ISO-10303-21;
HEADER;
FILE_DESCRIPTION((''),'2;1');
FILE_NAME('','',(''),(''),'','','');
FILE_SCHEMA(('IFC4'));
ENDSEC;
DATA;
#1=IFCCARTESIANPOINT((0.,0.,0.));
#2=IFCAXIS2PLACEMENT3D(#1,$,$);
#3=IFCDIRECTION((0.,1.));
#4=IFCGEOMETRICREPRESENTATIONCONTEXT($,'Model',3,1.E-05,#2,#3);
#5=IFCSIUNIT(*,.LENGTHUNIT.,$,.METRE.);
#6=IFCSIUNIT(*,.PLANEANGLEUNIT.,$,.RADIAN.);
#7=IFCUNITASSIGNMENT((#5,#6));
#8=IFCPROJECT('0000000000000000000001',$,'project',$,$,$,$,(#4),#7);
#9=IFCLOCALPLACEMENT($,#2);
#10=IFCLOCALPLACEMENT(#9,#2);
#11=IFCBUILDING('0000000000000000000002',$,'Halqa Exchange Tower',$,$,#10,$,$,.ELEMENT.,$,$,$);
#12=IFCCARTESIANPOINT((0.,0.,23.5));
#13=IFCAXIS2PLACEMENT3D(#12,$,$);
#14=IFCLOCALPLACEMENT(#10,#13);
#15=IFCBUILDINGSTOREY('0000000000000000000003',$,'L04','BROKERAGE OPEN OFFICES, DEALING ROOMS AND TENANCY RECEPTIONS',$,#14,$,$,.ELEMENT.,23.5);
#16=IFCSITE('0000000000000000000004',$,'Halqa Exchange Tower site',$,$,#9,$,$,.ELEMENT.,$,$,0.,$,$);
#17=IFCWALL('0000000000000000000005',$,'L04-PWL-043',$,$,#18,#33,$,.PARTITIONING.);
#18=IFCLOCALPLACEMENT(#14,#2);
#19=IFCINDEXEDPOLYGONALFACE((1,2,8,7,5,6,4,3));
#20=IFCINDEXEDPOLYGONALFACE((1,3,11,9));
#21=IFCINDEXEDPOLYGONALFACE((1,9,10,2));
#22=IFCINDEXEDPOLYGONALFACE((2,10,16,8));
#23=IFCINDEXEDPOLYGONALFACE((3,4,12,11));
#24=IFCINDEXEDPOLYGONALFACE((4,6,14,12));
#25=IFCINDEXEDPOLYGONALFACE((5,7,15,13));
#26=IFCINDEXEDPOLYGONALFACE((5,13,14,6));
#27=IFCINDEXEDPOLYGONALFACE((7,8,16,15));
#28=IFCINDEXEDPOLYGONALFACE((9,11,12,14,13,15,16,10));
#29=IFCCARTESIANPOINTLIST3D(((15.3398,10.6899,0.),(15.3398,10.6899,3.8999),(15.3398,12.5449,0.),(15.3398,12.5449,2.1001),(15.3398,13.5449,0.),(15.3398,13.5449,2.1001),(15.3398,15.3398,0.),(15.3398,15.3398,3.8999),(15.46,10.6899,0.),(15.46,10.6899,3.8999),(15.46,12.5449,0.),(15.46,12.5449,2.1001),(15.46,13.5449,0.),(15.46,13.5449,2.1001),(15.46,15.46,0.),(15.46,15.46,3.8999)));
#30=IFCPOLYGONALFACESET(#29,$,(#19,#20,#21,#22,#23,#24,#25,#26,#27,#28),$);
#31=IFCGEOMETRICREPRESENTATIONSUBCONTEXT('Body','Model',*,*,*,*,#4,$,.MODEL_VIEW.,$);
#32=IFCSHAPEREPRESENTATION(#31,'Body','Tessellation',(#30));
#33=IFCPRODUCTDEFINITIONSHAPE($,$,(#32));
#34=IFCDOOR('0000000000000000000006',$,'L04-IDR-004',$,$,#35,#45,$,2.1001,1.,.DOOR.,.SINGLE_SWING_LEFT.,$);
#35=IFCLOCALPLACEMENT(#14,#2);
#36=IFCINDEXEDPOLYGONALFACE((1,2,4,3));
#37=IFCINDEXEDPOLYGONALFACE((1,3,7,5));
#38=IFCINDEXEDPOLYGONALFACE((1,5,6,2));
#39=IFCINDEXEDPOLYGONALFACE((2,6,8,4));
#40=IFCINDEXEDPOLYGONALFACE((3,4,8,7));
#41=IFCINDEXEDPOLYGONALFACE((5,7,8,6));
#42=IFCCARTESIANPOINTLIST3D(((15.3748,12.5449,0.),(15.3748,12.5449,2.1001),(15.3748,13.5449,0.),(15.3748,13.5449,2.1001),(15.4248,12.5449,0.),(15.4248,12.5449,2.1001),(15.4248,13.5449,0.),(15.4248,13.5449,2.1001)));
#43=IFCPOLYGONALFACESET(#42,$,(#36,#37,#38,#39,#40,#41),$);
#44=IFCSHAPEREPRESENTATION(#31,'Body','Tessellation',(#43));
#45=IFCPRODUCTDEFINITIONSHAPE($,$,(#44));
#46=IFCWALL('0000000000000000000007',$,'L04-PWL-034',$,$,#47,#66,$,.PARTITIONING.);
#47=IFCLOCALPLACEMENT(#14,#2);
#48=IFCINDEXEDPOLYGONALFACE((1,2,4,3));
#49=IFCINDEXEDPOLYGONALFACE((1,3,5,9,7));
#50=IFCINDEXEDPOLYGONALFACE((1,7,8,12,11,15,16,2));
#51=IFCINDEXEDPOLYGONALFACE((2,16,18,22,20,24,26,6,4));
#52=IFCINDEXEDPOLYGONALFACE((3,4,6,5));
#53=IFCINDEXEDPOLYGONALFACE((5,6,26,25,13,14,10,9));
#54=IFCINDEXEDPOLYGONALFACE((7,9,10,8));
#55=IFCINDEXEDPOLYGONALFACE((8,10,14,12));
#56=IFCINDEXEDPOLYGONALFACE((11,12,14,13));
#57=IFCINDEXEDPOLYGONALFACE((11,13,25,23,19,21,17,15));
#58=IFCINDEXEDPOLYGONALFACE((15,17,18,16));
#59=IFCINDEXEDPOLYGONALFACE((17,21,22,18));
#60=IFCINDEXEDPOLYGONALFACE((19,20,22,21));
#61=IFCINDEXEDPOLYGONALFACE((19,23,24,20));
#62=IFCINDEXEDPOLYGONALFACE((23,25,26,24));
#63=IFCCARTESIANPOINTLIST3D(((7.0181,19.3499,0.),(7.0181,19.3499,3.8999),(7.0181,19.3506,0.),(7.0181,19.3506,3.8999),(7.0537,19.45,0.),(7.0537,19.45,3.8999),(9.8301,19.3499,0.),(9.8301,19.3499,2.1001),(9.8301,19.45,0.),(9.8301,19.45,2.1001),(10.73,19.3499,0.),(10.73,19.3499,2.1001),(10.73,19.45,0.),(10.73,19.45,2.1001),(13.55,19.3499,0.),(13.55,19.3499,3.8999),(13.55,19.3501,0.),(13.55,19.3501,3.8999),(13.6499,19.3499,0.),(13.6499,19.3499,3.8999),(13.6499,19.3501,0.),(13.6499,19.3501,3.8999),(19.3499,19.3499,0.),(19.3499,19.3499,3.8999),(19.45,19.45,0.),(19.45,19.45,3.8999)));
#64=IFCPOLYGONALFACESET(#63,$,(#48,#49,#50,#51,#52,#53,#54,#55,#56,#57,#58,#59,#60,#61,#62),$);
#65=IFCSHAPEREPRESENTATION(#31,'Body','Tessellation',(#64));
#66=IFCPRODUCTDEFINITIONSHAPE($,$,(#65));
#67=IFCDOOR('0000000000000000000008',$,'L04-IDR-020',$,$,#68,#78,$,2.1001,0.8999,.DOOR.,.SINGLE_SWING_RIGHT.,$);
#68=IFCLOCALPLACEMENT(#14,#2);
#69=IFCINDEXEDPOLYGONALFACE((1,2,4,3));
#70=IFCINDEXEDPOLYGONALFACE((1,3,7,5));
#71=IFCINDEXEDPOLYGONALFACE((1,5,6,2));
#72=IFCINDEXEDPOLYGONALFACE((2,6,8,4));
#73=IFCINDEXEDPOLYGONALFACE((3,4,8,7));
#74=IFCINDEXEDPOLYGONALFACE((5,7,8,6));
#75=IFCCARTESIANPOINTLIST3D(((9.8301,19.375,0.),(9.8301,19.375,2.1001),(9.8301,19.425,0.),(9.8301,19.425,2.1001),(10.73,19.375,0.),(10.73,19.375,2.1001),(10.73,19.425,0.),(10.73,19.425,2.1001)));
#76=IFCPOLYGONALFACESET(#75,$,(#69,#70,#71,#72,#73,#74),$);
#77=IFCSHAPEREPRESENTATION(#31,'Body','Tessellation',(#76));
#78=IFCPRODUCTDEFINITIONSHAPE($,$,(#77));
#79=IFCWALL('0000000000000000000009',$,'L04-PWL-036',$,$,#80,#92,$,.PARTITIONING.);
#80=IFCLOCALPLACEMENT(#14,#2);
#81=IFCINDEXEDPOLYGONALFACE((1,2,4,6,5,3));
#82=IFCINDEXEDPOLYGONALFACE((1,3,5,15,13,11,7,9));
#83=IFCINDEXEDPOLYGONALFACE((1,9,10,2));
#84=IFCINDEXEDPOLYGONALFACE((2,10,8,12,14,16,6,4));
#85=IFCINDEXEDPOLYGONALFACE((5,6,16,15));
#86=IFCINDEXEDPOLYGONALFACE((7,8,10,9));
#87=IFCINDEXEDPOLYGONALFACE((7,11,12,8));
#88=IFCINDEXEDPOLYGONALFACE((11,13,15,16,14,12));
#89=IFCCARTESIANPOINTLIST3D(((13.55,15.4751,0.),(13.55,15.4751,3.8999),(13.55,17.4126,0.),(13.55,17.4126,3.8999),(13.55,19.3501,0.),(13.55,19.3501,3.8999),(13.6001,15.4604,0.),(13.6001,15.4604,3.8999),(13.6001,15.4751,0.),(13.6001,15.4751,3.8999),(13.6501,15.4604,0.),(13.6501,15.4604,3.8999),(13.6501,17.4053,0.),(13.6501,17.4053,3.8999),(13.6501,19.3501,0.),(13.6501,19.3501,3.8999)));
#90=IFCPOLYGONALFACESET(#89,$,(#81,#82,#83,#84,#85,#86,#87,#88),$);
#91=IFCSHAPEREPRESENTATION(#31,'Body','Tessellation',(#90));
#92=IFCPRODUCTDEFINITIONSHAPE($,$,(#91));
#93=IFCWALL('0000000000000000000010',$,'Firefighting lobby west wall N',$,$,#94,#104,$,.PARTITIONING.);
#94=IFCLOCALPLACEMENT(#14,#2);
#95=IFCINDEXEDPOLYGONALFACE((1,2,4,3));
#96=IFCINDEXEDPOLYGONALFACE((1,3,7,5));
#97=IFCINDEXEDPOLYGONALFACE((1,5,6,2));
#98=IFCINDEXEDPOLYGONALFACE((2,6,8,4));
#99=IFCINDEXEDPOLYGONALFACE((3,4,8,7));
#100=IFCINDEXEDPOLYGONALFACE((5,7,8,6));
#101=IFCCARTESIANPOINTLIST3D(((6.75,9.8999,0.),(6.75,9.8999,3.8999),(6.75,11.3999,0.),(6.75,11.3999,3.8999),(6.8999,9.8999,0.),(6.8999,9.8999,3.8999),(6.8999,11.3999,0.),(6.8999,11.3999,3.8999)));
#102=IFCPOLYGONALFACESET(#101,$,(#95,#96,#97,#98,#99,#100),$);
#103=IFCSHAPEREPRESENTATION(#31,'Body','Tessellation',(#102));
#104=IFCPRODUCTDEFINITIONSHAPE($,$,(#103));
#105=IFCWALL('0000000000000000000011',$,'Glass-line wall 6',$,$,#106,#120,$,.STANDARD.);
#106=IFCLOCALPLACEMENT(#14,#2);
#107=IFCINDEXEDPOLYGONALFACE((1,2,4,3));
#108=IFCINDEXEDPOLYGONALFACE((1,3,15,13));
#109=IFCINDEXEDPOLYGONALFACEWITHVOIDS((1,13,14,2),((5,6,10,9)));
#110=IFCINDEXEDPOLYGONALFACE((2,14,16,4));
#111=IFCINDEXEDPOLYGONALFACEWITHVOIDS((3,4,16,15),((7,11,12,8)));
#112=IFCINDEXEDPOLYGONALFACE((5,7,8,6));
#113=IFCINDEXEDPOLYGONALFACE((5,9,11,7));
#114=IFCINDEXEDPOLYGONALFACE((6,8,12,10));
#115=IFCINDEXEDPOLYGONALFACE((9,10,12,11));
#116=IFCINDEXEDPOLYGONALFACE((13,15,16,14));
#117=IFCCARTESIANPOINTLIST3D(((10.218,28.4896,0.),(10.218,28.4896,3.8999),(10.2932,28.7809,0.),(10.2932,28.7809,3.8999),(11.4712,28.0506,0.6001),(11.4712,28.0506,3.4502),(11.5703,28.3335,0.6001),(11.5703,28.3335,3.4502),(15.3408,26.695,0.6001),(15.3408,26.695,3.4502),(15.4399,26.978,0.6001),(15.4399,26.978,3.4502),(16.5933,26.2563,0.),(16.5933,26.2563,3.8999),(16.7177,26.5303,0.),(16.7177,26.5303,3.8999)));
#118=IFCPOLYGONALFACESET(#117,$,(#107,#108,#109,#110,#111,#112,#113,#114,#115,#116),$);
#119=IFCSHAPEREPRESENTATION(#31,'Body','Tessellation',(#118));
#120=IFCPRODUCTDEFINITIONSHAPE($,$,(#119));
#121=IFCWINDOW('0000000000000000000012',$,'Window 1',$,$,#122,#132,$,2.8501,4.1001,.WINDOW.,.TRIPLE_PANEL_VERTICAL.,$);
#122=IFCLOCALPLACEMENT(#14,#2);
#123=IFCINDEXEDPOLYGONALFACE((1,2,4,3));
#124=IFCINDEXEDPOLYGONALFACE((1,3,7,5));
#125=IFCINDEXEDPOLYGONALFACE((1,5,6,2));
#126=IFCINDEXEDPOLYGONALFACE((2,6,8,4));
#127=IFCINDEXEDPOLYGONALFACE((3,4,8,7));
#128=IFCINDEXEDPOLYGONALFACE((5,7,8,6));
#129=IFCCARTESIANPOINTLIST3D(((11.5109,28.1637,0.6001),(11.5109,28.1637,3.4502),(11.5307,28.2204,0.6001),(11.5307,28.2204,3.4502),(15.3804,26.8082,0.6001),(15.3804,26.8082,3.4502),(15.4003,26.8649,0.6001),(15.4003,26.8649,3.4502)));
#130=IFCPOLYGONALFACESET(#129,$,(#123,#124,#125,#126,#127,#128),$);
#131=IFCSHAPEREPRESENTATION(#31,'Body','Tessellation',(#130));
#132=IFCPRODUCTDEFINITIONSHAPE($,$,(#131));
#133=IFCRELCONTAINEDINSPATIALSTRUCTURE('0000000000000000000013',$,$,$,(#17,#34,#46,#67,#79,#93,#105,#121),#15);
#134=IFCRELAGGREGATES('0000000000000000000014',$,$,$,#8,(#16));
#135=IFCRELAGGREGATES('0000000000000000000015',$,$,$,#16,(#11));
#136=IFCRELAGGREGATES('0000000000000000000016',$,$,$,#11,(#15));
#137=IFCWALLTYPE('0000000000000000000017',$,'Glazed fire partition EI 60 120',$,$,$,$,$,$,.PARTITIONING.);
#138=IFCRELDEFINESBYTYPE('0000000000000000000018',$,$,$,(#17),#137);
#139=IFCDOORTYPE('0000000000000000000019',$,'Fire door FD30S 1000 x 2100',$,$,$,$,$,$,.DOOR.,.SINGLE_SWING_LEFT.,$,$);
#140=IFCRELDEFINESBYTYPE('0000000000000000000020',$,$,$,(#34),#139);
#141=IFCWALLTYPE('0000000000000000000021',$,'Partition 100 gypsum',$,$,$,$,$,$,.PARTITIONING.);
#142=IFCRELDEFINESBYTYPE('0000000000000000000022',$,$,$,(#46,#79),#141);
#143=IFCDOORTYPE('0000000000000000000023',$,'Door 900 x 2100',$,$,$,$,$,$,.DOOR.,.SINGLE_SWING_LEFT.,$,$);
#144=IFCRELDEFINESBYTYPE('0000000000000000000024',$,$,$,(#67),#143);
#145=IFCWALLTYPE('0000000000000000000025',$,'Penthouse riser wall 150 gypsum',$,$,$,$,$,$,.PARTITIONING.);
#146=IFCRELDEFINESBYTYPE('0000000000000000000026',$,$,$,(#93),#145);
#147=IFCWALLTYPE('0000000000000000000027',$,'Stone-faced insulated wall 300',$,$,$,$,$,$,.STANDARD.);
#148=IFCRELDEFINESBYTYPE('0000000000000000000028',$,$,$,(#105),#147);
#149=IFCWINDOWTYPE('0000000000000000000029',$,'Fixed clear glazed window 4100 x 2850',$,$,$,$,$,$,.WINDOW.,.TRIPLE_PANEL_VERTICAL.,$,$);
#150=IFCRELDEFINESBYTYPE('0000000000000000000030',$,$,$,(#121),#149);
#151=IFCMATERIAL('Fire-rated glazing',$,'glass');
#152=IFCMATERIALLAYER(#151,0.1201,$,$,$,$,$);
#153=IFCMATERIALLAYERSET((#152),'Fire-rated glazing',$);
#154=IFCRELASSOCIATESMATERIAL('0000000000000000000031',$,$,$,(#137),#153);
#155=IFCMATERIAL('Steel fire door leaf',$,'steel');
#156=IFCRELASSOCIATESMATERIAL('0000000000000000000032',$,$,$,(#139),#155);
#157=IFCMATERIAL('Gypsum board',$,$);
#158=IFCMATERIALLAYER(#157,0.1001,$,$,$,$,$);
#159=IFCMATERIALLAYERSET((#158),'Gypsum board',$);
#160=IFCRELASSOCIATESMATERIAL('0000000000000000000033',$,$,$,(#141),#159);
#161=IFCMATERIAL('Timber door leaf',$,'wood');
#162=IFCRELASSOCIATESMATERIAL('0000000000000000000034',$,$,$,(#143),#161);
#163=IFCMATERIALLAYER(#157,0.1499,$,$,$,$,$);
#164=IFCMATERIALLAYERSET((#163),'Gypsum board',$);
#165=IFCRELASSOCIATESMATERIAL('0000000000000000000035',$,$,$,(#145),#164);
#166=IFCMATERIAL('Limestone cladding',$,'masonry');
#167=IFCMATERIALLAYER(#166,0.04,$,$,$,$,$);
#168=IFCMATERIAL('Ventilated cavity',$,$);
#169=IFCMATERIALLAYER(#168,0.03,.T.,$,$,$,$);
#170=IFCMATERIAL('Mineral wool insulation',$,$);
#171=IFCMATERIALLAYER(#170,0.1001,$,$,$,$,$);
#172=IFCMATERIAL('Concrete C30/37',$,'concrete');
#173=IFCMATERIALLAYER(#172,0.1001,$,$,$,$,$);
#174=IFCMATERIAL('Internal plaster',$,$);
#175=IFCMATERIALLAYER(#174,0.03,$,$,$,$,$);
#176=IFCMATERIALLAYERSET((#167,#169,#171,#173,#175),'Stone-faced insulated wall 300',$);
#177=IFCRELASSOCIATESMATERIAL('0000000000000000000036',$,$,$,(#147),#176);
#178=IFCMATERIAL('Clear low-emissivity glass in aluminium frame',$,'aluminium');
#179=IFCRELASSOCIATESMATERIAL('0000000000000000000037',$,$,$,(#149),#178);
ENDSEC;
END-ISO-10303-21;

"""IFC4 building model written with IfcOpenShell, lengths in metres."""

from ifc_helpers import new_model, si_unit, direction, frame, frame_2d, origin, place, context, subcontext, project, spatial, polyline, rectangle, outline, extrude, material, layer, layer_set, type_object, element, fill, save


model = new_model("IFC4")

# Units and contexts
model_context = context("Model", 3, precision=1e-05, world=origin(), true_north=direction((0.0, 1.0)))
body_context = subcontext(model_context, "Body", "Model", "MODEL_VIEW")
ifc_project = project(units=[si_unit("LENGTHUNIT", "METRE"), si_unit("PLANEANGLEUNIT", "RADIAN")], contexts=[model_context])

# Site, building, storey
site_placement = place(None, origin())
site = spatial("IfcSite", under=ifc_project, at=site_placement, Name="Halqa Exchange Tower site", CompositionType="ELEMENT", RefElevation=0.0)
building_placement = place(site_placement, origin())
building = spatial("IfcBuilding", under=site, at=building_placement, Name="Halqa Exchange Tower", CompositionType="ELEMENT")
storey_placement = place(building_placement, frame((0.0, 0.0, 23.5)))
storey = spatial("IfcBuildingStorey", under=building, at=storey_placement, Name="L04", Description="BROKERAGE OPEN OFFICES, DEALING ROOMS AND TENANCY RECEPTIONS", CompositionType="ELEMENT", Elevation=23.5)

# Shared definitions
ifc_material_1 = material(Name="Fire-rated glazing", Category="glass")
ifc_layer_1 = layer(ifc_material_1, 0.1201)
ifc_layer_set_1 = layer_set([ifc_layer_1], Name="Fire-rated glazing")
wall_type_1 = type_object("IfcWallType", Name="Glazed fire partition EI 60 120", PredefinedType="PARTITIONING", material=ifc_layer_set_1)

# Walls, openings, doors
wall_1_placement = place(storey_placement, frame((15.3999, 15.46, 0.0), z_axis=(0.0, 0.0, 1.0), x_axis=(0.0, -1.0, 0.0)))
wall_1 = element("IfcWall", 1, at=wall_1_placement, inside=storey, type_object=wall_type_1, Name="L04-PWL-043", PredefinedType="PARTITIONING", context=body_context, shape_type="SweptSolid", body=[
    extrude(outline(polyline([(4.77, 0.0601), (3.1799, 0.0601), (1.5901, 0.0601), (0.0, 0.0601), (0.1201, -0.0601), (1.6702, -0.0601), (3.22, -0.0601), (4.77, -0.0601), (4.77, 0.0601)])), origin(), (0.0, 0.0, 1.0), 3.8999),
])
opening_1_placement = place(wall_1_placement, frame((1.915, 0.0, 0.0)))
opening_1 = element("IfcOpeningElement", 2, at=opening_1_placement, cuts=wall_1, PredefinedType="OPENING", context=body_context, shape_type="SweptSolid", body=[
    extrude(rectangle(XDim=1.0, YDim=2.1001, at=frame_2d((0.5, 1.05))), frame((0.0, 0.072, 0.0), z_axis=(0.0, -1.0, 0.0), x_axis=(1.0, 0.0, 0.0)), (0.0, 0.0, 1.0), 0.144),
])
ifc_material_2 = material(Name="Steel fire door leaf", Category="steel")
door_type_1 = type_object("IfcDoorType", Name="Fire door FD30S 1000 x 2100", OperationType="SINGLE_SWING_LEFT", PredefinedType="DOOR", material=ifc_material_2)
door_1_placement = place(opening_1_placement, origin())
door_1 = element("IfcDoor", 3, at=door_1_placement, inside=storey, type_object=door_type_1, Name="L04-IDR-004", OperationType="SINGLE_SWING_LEFT", OverallHeight=2.1001, OverallWidth=1.0, PredefinedType="DOOR", context=body_context, shape_type="SweptSolid", body=[
    extrude(rectangle(XDim=1.0, YDim=2.1001, at=frame_2d((0.5, 1.05))), frame((0.0, 0.0249, 0.0), z_axis=(0.0, -1.0, 0.0), x_axis=(1.0, 0.0, 0.0)), (0.0, 0.0, 1.0), 0.05),
])
fill(opening_1, door_1)
ifc_material_3 = material(Name="Gypsum board")
ifc_layer_2 = layer(ifc_material_3, 0.1001)
ifc_layer_set_2 = layer_set([ifc_layer_2], Name="Gypsum board")
wall_type_2 = type_object("IfcWallType", Name="Partition 100 gypsum", PredefinedType="PARTITIONING", material=ifc_layer_set_2)
wall_2_placement = place(storey_placement, frame((7.0181, 19.3999, 0.0), z_axis=(0.0, 0.0, 1.0), x_axis=(1.0, 0.0, 0.0)))
wall_2 = element("IfcWall", 4, at=wall_2_placement, inside=storey, type_object=wall_type_2, Name="L04-PWL-034", PredefinedType="PARTITIONING", context=body_context, shape_type="SweptSolid", body=[
    extrude(outline(polyline([(0.0, -0.05), (1.6331, -0.05), (3.2659, -0.05), (4.8989, -0.05), (6.532, -0.05), (6.532, -0.0498), (6.6318, -0.0498), (6.6318, -0.05), (8.532, -0.05), (10.4319, -0.05), (12.3318, -0.05), (12.332, -0.0498), (12.4319, 0.05), (10.6609, 0.05), (8.8901, 0.05), (7.1191, 0.05), (5.3484, 0.05), (3.5774, 0.05), (1.8066, 0.05), (0.0356, 0.05), (0.0, -0.0493), (0.0, -0.05)])), origin(), (0.0, 0.0, 1.0), 3.8999),
])
opening_2_placement = place(wall_2_placement, frame((2.812, 0.0, 0.0)))
opening_2 = element("IfcOpeningElement", 5, at=opening_2_placement, cuts=wall_2, PredefinedType="OPENING", context=body_context, shape_type="SweptSolid", body=[
    extrude(rectangle(XDim=0.8999, YDim=2.1001, at=frame_2d((0.45, 1.05))), frame((0.0, 0.062, 0.0), z_axis=(0.0, -1.0, 0.0), x_axis=(1.0, 0.0, 0.0)), (0.0, 0.0, 1.0), 0.124),
])
ifc_material_4 = material(Name="Timber door leaf", Category="wood")
door_type_2 = type_object("IfcDoorType", Name="Door 900 x 2100", OperationType="SINGLE_SWING_LEFT", PredefinedType="DOOR", material=ifc_material_4)
door_2_placement = place(opening_2_placement, frame((0.8999, 0.0, 0.0), z_axis=(0.0, 0.0, 1.0), x_axis=(-1.0, 0.0, 0.0)))
door_2 = element("IfcDoor", 6, at=door_2_placement, inside=storey, type_object=door_type_2, Name="L04-IDR-020", OperationType="SINGLE_SWING_RIGHT", OverallHeight=2.1001, OverallWidth=0.8999, PredefinedType="DOOR", context=body_context, shape_type="SweptSolid", body=[
    extrude(rectangle(XDim=0.8999, YDim=2.1001, at=frame_2d((0.45, 1.05))), frame((0.0, 0.0249, 0.0), z_axis=(0.0, -1.0, 0.0), x_axis=(1.0, 0.0, 0.0)), (0.0, 0.0, 1.0), 0.05),
])
fill(opening_2, door_2)

# Walls
wall_3_placement = place(storey_placement, frame((13.6001, 15.4604, 0.0), z_axis=(0.0, 0.0, 1.0), x_axis=(0.0, 1.0, 0.0)))
element("IfcWall", 7, at=wall_3_placement, inside=storey, type_object=wall_type_2, Name="L04-PWL-036", PredefinedType="PARTITIONING", context=body_context, shape_type="SweptSolid", body=[
    extrude(outline(polyline([(0.0, -0.05), (1.9448, -0.05), (3.8896, -0.05), (3.8896, 0.05), (1.9521, 0.05), (0.0146, 0.05), (0.0146, 0.0), (0.0, 0.0), (0.0, -0.05)])), origin(), (0.0, 0.0, 1.0), 3.8999),
])
ifc_layer_3 = layer(ifc_material_3, 0.1499)
ifc_layer_set_3 = layer_set([ifc_layer_3], Name="Gypsum board")
wall_type_3 = type_object("IfcWallType", Name="Penthouse riser wall 150 gypsum", PredefinedType="PARTITIONING", material=ifc_layer_set_3)
wall_4_placement = place(storey_placement, frame((6.825, 9.8999, 0.0), z_axis=(0.0, 0.0, 1.0), x_axis=(0.0, 1.0, 0.0)))
element("IfcWall", 8, at=wall_4_placement, inside=storey, type_object=wall_type_3, Name="Firefighting lobby west wall N", PredefinedType="PARTITIONING", context=body_context, shape_type="SweptSolid", body=[
    extrude(rectangle(XDim=1.5, YDim=0.1499, at=frame_2d((0.75, 0.0))), origin(), (0.0, 0.0, 1.0), 3.8999),
])

# Wall, opening, window
ifc_material_5 = material(Name="Limestone cladding", Category="masonry")
ifc_layer_4 = layer(ifc_material_5, 0.04)
ifc_material_6 = material(Name="Ventilated cavity")
ifc_layer_5 = layer(ifc_material_6, 0.03, ventilated=True)
ifc_material_7 = material(Name="Mineral wool insulation")
ifc_layer_6 = layer(ifc_material_7, 0.1001)
ifc_material_8 = material(Name="Concrete C30/37", Category="concrete")
ifc_layer_7 = layer(ifc_material_8, 0.1001)
ifc_material_9 = material(Name="Internal plaster")
ifc_layer_8 = layer(ifc_material_9, 0.03)
ifc_layer_set_4 = layer_set([ifc_layer_4, ifc_layer_5, ifc_layer_6, ifc_layer_7, ifc_layer_8], Name="Stone-faced insulated wall 300")
wall_type_4 = type_object("IfcWallType", Name="Stone-faced insulated wall 300", PredefinedType="STANDARD", material=ifc_layer_set_4)
wall_5_placement = place(storey_placement, frame((16.6555, 26.3933, 0.0), z_axis=(0.0, 0.0, 1.0), x_axis=(-0.943767, 0.33061, 0.0)))
wall_5 = element("IfcWall", 9, at=wall_5_placement, inside=storey, type_object=wall_type_4, Name="Glass-line wall 6", PredefinedType="STANDARD", context=body_context, shape_type="SweptSolid", body=[
    extrude(outline(polyline([(-0.0134, -0.1499), (6.7939, -0.1499), (6.7686, 0.1499), (0.0134, 0.1499), (-0.0134, -0.1499)])), origin(), (0.0, 0.0, 1.0), 3.8999),
])
opening_3_placement = place(wall_5_placement, frame((1.3406, 0.0, 0.6001)))
opening_3 = element("IfcOpeningElement", 10, at=opening_3_placement, cuts=wall_5, PredefinedType="OPENING", context=body_context, shape_type="SweptSolid", body=[
    extrude(rectangle(XDim=4.1001, YDim=2.8501, at=frame_2d((2.05, 1.425))), frame((0.0, 0.1621, 0.0), z_axis=(0.0, -1.0, 0.0), x_axis=(1.0, 0.0, 0.0)), (0.0, 0.0, 1.0), 0.324),
])
ifc_material_10 = material(Name="Clear low-emissivity glass in aluminium frame", Category="aluminium")
window_type = type_object("IfcWindowType", Name="Fixed clear glazed window 4100 x 2850", PartitioningType="TRIPLE_PANEL_VERTICAL", PredefinedType="WINDOW", material=ifc_material_10)
window_1_placement = place(opening_3_placement, origin())
window_1 = element("IfcWindow", 11, at=window_1_placement, inside=storey, type_object=window_type, Name="Window 1", OverallHeight=2.8501, OverallWidth=4.1001, PartitioningType="TRIPLE_PANEL_VERTICAL", PredefinedType="WINDOW", context=body_context, shape_type="SweptSolid", body=[
    extrude(rectangle(XDim=4.1001, YDim=2.8501, at=frame_2d((2.05, 1.425))), frame((0.0, 0.03, 0.0), z_axis=(0.0, -1.0, 0.0), x_axis=(1.0, 0.0, 0.0)), (0.0, 0.0, 1.0), 0.0601),
])
fill(opening_3, window_1)

save(model, "model.ifc")
